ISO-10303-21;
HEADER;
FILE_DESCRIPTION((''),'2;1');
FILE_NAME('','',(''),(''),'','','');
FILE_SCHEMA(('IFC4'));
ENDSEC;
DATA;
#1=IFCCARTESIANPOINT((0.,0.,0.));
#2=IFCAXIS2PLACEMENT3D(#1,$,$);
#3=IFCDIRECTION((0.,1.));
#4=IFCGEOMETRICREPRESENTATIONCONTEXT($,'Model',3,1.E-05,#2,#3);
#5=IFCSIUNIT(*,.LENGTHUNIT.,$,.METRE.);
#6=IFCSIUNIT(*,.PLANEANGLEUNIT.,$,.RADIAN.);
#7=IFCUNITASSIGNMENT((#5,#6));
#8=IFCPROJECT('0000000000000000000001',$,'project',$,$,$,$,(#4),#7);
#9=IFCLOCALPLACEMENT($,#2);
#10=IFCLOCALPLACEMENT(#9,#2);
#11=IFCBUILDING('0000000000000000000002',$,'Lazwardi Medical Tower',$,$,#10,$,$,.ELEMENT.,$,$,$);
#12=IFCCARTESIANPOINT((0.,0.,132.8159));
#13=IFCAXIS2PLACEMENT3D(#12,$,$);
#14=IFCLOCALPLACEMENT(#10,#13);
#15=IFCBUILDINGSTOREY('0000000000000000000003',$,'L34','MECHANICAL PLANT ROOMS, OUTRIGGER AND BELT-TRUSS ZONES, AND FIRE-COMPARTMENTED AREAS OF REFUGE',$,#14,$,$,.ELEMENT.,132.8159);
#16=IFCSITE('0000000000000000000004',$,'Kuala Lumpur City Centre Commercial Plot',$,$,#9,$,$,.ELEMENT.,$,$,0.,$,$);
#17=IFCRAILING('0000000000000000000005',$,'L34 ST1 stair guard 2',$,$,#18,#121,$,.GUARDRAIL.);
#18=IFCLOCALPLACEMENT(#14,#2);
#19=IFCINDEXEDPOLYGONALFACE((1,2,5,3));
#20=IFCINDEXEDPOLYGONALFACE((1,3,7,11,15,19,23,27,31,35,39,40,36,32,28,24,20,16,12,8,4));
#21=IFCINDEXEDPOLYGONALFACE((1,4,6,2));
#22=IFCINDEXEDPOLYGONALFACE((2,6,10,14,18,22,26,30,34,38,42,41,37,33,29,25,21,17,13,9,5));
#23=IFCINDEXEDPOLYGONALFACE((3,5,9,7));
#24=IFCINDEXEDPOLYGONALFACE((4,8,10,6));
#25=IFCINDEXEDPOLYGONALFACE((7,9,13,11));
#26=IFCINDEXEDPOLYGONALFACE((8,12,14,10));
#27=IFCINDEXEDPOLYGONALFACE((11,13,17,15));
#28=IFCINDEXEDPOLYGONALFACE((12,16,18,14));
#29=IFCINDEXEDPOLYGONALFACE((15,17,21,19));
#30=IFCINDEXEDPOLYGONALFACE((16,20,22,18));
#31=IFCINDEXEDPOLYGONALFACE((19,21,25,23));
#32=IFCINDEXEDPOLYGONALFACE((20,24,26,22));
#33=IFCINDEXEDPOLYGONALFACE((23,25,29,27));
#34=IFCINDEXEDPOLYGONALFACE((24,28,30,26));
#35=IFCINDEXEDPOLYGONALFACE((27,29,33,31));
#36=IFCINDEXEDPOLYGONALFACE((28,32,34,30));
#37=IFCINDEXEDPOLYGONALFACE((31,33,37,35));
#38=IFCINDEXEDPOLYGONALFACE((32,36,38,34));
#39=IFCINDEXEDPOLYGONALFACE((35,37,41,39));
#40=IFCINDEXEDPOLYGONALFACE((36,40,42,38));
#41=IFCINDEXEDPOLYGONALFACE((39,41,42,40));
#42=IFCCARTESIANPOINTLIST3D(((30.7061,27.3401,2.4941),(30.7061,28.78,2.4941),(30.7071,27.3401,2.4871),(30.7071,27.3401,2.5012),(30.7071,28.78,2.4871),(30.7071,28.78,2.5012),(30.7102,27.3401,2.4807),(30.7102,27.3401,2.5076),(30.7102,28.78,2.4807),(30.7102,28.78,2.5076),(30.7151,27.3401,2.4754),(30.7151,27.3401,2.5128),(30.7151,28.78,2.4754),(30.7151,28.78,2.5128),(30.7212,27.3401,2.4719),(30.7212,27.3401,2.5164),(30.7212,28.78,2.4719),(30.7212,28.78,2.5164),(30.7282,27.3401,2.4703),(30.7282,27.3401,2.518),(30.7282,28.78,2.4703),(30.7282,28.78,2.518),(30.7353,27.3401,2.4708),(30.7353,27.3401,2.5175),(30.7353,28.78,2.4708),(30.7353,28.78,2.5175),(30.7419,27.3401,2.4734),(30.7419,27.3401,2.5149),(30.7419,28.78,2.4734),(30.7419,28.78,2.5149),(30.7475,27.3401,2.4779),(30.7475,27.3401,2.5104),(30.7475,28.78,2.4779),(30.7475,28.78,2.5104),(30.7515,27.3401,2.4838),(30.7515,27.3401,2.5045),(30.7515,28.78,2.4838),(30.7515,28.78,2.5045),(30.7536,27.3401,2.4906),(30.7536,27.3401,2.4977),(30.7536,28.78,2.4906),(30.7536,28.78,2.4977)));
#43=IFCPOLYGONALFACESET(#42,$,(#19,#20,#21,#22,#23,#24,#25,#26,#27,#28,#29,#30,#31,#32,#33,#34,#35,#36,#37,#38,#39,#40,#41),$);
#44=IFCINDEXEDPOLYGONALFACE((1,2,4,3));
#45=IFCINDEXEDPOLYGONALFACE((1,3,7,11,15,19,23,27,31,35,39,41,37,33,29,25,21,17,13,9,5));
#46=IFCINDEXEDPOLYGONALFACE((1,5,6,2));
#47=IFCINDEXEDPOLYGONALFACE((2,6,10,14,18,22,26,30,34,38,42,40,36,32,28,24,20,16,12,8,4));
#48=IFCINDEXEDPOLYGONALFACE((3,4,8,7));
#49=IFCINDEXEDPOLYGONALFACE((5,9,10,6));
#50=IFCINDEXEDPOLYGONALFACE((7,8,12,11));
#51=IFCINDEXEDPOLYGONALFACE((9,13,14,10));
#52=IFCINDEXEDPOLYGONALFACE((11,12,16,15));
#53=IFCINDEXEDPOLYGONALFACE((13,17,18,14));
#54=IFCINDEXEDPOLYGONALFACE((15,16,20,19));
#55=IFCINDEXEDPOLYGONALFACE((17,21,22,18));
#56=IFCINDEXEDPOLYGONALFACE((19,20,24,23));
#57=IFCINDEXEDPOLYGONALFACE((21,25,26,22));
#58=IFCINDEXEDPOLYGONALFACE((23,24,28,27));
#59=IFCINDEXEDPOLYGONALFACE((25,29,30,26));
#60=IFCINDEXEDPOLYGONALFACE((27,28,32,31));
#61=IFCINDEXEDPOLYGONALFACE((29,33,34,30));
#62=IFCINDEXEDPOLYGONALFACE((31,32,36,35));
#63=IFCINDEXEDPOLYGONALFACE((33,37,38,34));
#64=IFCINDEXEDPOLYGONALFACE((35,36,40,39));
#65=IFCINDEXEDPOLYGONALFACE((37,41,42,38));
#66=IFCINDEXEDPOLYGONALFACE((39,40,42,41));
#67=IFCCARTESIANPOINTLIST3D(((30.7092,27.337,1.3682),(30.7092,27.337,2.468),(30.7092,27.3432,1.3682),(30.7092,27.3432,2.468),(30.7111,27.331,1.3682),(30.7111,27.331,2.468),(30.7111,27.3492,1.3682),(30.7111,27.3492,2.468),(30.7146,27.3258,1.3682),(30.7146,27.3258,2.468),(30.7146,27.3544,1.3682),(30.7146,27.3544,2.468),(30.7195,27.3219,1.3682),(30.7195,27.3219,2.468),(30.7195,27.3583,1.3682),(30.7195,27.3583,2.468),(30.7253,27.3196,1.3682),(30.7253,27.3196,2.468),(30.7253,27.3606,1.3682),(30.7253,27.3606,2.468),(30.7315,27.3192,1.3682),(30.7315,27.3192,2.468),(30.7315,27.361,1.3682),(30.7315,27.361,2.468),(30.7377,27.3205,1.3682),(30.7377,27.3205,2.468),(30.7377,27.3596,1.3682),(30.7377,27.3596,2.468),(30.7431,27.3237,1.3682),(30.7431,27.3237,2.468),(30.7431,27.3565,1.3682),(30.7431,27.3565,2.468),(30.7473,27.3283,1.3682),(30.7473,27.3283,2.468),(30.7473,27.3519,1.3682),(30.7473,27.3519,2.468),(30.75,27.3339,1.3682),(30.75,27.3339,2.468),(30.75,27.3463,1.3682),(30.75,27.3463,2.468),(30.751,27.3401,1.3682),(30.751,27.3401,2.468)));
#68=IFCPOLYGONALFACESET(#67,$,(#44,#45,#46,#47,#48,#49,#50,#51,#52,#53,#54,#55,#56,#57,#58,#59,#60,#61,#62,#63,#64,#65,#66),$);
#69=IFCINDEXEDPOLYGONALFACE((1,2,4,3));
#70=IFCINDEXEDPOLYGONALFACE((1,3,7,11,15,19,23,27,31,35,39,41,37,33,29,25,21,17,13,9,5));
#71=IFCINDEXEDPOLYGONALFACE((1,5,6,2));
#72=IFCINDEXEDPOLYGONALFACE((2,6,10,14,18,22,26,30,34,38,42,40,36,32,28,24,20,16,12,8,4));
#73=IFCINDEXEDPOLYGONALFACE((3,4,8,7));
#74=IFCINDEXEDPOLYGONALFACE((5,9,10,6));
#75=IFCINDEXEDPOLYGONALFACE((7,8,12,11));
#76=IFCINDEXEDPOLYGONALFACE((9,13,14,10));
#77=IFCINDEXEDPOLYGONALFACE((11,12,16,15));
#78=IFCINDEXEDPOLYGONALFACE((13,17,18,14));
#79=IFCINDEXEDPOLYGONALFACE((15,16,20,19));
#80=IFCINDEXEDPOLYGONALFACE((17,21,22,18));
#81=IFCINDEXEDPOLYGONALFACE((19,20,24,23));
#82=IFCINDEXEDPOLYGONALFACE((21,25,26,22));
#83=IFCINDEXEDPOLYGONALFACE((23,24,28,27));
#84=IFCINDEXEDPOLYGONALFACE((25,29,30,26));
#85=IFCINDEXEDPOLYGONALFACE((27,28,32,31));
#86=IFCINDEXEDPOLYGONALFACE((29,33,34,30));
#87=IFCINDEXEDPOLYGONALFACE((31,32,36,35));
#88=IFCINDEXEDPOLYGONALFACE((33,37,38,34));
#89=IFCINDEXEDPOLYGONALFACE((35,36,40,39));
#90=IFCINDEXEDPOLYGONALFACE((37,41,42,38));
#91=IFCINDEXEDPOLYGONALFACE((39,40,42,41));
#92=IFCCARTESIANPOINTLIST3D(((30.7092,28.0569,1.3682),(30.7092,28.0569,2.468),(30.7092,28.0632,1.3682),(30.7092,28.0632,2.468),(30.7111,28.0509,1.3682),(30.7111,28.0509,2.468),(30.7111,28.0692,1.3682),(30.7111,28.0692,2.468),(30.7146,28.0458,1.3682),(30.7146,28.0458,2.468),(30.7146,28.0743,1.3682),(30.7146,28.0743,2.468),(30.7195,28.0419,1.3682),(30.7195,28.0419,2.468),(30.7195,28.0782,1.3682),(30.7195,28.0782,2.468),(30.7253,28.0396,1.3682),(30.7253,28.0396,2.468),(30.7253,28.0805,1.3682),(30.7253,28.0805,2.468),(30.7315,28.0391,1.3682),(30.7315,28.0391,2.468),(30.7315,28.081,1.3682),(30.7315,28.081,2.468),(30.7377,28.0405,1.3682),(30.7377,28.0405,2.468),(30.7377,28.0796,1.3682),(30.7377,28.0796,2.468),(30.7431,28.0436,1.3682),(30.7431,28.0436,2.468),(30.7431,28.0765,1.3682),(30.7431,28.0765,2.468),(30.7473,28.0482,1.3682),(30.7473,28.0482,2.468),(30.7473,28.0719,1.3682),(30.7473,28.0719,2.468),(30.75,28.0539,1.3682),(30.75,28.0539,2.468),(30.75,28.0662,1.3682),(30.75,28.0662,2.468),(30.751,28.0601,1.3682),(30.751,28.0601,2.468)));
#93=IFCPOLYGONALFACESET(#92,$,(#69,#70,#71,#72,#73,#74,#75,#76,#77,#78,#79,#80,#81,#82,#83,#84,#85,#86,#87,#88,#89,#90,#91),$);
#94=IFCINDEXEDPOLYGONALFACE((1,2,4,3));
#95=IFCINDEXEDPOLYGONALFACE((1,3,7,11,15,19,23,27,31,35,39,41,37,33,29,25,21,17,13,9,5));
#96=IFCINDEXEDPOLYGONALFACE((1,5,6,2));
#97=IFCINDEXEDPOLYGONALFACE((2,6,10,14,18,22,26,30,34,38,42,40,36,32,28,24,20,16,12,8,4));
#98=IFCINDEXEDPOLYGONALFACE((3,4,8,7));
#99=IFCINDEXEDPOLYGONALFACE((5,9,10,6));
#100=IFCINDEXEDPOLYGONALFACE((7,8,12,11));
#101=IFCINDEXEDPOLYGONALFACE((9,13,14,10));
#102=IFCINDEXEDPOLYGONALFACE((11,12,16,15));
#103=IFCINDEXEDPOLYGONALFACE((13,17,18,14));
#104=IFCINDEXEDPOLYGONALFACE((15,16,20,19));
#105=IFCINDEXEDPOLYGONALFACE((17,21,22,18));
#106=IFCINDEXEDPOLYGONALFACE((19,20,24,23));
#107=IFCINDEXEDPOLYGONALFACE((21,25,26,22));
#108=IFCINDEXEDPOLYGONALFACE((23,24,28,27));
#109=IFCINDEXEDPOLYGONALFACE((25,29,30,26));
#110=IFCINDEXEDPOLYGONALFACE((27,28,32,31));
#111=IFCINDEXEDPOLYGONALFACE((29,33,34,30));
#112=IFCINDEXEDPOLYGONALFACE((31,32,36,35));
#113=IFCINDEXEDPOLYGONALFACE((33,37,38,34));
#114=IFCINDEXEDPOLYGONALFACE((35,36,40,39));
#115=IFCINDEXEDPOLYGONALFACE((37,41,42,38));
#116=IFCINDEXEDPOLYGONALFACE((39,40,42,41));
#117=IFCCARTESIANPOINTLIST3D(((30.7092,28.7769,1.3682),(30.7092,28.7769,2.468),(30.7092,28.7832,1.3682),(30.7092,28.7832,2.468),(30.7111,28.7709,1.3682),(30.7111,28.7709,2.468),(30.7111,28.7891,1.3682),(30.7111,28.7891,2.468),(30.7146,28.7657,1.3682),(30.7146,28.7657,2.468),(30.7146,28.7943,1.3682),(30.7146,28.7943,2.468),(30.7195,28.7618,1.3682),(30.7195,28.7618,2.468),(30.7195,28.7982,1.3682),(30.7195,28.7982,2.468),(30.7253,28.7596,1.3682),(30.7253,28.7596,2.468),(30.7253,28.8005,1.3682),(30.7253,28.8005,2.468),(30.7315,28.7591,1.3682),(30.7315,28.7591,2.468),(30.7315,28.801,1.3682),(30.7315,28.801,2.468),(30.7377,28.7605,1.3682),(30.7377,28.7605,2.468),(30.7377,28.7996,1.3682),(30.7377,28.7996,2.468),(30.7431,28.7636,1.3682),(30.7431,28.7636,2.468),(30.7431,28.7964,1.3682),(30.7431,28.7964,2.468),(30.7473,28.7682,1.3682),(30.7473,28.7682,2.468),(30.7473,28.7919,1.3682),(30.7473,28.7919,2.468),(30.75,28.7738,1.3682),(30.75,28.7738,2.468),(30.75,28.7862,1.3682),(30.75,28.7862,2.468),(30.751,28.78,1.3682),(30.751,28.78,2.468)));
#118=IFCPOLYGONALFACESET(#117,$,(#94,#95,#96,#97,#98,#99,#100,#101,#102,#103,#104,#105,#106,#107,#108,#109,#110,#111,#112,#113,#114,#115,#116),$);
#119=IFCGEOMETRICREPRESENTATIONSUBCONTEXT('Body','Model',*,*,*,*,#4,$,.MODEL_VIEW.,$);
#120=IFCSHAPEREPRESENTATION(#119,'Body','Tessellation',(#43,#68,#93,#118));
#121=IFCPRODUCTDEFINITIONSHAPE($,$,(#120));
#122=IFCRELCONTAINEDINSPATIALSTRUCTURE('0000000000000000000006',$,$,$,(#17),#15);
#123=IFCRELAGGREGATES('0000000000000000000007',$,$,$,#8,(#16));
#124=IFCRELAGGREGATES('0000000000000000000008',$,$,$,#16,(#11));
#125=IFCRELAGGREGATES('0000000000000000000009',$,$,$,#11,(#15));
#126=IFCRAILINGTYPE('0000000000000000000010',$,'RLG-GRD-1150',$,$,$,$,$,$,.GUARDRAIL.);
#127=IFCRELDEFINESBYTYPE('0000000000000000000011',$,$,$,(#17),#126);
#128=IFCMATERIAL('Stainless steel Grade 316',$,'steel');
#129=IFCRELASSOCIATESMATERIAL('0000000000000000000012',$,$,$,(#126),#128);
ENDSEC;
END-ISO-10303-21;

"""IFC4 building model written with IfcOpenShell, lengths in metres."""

from ifc_helpers import new_model, si_unit, direction, frame, origin, origin_2d, place, context, subcontext, project, spatial, circle, extrude, material, type_object, element, save


model = new_model("IFC4")

# Units and contexts
model_context = context("Model", 3, precision=1e-05, world=origin(), true_north=direction((0.0, 1.0)))
body_context = subcontext(model_context, "Body", "Model", "MODEL_VIEW")
ifc_project = project(units=[si_unit("LENGTHUNIT", "METRE"), si_unit("PLANEANGLEUNIT", "RADIAN")], contexts=[model_context])

# Site, building, storey
site_placement = place(None, origin())
site = spatial("IfcSite", under=ifc_project, at=site_placement, Name="Kuala Lumpur City Centre Commercial Plot", CompositionType="ELEMENT", RefElevation=0.0)
building_placement = place(site_placement, origin())
building = spatial("IfcBuilding", under=site, at=building_placement, Name="Lazwardi Medical Tower", CompositionType="ELEMENT")
storey_placement = place(building_placement, frame((0.0, 0.0, 132.8159)))
storey = spatial("IfcBuildingStorey", under=building, at=storey_placement, Name="L34", Description="MECHANICAL PLANT ROOMS, OUTRIGGER AND BELT-TRUSS ZONES, AND FIRE-COMPARTMENTED AREAS OF REFUGE", CompositionType="ELEMENT", Elevation=132.8159)

# Railing
ifc_material_1 = material(Name="Stainless steel Grade 316", Category="steel")
railing_type_1 = type_object("IfcRailingType", Name="RLG-GRD-1150", PredefinedType="GUARDRAIL", material=ifc_material_1)
railing_1_placement = place(storey_placement, frame((30.73, 27.3401, 1.3682)))
element("IfcRailing", 1, at=railing_1_placement, inside=storey, type_object=railing_type_1, Name="L34 ST1 stair guard 2", PredefinedType="GUARDRAIL", context=body_context, shape_type="SweptSolid", body=[
    extrude(circle(Radius=0.0239, at=origin_2d()), frame((0.0, 0.0, 1.126), z_axis=(0.0, 1.0, 0.0), x_axis=(-1.0, 0.0, 0.0)), (0.0, 0.0, 1.0), 1.4399),
    extrude(circle(Radius=0.021, at=origin_2d()), origin(), (0.0, 0.0, 1.0), 1.0999),
    extrude(circle(Radius=0.021, at=origin_2d()), frame((0.0, 0.72, 0.0)), (0.0, 0.0, 1.0), 1.0999),
    extrude(circle(Radius=0.021, at=origin_2d()), frame((0.0, 1.4399, 0.0)), (0.0, 0.0, 1.0), 1.0999),
])

save(model, "model.ifc")
